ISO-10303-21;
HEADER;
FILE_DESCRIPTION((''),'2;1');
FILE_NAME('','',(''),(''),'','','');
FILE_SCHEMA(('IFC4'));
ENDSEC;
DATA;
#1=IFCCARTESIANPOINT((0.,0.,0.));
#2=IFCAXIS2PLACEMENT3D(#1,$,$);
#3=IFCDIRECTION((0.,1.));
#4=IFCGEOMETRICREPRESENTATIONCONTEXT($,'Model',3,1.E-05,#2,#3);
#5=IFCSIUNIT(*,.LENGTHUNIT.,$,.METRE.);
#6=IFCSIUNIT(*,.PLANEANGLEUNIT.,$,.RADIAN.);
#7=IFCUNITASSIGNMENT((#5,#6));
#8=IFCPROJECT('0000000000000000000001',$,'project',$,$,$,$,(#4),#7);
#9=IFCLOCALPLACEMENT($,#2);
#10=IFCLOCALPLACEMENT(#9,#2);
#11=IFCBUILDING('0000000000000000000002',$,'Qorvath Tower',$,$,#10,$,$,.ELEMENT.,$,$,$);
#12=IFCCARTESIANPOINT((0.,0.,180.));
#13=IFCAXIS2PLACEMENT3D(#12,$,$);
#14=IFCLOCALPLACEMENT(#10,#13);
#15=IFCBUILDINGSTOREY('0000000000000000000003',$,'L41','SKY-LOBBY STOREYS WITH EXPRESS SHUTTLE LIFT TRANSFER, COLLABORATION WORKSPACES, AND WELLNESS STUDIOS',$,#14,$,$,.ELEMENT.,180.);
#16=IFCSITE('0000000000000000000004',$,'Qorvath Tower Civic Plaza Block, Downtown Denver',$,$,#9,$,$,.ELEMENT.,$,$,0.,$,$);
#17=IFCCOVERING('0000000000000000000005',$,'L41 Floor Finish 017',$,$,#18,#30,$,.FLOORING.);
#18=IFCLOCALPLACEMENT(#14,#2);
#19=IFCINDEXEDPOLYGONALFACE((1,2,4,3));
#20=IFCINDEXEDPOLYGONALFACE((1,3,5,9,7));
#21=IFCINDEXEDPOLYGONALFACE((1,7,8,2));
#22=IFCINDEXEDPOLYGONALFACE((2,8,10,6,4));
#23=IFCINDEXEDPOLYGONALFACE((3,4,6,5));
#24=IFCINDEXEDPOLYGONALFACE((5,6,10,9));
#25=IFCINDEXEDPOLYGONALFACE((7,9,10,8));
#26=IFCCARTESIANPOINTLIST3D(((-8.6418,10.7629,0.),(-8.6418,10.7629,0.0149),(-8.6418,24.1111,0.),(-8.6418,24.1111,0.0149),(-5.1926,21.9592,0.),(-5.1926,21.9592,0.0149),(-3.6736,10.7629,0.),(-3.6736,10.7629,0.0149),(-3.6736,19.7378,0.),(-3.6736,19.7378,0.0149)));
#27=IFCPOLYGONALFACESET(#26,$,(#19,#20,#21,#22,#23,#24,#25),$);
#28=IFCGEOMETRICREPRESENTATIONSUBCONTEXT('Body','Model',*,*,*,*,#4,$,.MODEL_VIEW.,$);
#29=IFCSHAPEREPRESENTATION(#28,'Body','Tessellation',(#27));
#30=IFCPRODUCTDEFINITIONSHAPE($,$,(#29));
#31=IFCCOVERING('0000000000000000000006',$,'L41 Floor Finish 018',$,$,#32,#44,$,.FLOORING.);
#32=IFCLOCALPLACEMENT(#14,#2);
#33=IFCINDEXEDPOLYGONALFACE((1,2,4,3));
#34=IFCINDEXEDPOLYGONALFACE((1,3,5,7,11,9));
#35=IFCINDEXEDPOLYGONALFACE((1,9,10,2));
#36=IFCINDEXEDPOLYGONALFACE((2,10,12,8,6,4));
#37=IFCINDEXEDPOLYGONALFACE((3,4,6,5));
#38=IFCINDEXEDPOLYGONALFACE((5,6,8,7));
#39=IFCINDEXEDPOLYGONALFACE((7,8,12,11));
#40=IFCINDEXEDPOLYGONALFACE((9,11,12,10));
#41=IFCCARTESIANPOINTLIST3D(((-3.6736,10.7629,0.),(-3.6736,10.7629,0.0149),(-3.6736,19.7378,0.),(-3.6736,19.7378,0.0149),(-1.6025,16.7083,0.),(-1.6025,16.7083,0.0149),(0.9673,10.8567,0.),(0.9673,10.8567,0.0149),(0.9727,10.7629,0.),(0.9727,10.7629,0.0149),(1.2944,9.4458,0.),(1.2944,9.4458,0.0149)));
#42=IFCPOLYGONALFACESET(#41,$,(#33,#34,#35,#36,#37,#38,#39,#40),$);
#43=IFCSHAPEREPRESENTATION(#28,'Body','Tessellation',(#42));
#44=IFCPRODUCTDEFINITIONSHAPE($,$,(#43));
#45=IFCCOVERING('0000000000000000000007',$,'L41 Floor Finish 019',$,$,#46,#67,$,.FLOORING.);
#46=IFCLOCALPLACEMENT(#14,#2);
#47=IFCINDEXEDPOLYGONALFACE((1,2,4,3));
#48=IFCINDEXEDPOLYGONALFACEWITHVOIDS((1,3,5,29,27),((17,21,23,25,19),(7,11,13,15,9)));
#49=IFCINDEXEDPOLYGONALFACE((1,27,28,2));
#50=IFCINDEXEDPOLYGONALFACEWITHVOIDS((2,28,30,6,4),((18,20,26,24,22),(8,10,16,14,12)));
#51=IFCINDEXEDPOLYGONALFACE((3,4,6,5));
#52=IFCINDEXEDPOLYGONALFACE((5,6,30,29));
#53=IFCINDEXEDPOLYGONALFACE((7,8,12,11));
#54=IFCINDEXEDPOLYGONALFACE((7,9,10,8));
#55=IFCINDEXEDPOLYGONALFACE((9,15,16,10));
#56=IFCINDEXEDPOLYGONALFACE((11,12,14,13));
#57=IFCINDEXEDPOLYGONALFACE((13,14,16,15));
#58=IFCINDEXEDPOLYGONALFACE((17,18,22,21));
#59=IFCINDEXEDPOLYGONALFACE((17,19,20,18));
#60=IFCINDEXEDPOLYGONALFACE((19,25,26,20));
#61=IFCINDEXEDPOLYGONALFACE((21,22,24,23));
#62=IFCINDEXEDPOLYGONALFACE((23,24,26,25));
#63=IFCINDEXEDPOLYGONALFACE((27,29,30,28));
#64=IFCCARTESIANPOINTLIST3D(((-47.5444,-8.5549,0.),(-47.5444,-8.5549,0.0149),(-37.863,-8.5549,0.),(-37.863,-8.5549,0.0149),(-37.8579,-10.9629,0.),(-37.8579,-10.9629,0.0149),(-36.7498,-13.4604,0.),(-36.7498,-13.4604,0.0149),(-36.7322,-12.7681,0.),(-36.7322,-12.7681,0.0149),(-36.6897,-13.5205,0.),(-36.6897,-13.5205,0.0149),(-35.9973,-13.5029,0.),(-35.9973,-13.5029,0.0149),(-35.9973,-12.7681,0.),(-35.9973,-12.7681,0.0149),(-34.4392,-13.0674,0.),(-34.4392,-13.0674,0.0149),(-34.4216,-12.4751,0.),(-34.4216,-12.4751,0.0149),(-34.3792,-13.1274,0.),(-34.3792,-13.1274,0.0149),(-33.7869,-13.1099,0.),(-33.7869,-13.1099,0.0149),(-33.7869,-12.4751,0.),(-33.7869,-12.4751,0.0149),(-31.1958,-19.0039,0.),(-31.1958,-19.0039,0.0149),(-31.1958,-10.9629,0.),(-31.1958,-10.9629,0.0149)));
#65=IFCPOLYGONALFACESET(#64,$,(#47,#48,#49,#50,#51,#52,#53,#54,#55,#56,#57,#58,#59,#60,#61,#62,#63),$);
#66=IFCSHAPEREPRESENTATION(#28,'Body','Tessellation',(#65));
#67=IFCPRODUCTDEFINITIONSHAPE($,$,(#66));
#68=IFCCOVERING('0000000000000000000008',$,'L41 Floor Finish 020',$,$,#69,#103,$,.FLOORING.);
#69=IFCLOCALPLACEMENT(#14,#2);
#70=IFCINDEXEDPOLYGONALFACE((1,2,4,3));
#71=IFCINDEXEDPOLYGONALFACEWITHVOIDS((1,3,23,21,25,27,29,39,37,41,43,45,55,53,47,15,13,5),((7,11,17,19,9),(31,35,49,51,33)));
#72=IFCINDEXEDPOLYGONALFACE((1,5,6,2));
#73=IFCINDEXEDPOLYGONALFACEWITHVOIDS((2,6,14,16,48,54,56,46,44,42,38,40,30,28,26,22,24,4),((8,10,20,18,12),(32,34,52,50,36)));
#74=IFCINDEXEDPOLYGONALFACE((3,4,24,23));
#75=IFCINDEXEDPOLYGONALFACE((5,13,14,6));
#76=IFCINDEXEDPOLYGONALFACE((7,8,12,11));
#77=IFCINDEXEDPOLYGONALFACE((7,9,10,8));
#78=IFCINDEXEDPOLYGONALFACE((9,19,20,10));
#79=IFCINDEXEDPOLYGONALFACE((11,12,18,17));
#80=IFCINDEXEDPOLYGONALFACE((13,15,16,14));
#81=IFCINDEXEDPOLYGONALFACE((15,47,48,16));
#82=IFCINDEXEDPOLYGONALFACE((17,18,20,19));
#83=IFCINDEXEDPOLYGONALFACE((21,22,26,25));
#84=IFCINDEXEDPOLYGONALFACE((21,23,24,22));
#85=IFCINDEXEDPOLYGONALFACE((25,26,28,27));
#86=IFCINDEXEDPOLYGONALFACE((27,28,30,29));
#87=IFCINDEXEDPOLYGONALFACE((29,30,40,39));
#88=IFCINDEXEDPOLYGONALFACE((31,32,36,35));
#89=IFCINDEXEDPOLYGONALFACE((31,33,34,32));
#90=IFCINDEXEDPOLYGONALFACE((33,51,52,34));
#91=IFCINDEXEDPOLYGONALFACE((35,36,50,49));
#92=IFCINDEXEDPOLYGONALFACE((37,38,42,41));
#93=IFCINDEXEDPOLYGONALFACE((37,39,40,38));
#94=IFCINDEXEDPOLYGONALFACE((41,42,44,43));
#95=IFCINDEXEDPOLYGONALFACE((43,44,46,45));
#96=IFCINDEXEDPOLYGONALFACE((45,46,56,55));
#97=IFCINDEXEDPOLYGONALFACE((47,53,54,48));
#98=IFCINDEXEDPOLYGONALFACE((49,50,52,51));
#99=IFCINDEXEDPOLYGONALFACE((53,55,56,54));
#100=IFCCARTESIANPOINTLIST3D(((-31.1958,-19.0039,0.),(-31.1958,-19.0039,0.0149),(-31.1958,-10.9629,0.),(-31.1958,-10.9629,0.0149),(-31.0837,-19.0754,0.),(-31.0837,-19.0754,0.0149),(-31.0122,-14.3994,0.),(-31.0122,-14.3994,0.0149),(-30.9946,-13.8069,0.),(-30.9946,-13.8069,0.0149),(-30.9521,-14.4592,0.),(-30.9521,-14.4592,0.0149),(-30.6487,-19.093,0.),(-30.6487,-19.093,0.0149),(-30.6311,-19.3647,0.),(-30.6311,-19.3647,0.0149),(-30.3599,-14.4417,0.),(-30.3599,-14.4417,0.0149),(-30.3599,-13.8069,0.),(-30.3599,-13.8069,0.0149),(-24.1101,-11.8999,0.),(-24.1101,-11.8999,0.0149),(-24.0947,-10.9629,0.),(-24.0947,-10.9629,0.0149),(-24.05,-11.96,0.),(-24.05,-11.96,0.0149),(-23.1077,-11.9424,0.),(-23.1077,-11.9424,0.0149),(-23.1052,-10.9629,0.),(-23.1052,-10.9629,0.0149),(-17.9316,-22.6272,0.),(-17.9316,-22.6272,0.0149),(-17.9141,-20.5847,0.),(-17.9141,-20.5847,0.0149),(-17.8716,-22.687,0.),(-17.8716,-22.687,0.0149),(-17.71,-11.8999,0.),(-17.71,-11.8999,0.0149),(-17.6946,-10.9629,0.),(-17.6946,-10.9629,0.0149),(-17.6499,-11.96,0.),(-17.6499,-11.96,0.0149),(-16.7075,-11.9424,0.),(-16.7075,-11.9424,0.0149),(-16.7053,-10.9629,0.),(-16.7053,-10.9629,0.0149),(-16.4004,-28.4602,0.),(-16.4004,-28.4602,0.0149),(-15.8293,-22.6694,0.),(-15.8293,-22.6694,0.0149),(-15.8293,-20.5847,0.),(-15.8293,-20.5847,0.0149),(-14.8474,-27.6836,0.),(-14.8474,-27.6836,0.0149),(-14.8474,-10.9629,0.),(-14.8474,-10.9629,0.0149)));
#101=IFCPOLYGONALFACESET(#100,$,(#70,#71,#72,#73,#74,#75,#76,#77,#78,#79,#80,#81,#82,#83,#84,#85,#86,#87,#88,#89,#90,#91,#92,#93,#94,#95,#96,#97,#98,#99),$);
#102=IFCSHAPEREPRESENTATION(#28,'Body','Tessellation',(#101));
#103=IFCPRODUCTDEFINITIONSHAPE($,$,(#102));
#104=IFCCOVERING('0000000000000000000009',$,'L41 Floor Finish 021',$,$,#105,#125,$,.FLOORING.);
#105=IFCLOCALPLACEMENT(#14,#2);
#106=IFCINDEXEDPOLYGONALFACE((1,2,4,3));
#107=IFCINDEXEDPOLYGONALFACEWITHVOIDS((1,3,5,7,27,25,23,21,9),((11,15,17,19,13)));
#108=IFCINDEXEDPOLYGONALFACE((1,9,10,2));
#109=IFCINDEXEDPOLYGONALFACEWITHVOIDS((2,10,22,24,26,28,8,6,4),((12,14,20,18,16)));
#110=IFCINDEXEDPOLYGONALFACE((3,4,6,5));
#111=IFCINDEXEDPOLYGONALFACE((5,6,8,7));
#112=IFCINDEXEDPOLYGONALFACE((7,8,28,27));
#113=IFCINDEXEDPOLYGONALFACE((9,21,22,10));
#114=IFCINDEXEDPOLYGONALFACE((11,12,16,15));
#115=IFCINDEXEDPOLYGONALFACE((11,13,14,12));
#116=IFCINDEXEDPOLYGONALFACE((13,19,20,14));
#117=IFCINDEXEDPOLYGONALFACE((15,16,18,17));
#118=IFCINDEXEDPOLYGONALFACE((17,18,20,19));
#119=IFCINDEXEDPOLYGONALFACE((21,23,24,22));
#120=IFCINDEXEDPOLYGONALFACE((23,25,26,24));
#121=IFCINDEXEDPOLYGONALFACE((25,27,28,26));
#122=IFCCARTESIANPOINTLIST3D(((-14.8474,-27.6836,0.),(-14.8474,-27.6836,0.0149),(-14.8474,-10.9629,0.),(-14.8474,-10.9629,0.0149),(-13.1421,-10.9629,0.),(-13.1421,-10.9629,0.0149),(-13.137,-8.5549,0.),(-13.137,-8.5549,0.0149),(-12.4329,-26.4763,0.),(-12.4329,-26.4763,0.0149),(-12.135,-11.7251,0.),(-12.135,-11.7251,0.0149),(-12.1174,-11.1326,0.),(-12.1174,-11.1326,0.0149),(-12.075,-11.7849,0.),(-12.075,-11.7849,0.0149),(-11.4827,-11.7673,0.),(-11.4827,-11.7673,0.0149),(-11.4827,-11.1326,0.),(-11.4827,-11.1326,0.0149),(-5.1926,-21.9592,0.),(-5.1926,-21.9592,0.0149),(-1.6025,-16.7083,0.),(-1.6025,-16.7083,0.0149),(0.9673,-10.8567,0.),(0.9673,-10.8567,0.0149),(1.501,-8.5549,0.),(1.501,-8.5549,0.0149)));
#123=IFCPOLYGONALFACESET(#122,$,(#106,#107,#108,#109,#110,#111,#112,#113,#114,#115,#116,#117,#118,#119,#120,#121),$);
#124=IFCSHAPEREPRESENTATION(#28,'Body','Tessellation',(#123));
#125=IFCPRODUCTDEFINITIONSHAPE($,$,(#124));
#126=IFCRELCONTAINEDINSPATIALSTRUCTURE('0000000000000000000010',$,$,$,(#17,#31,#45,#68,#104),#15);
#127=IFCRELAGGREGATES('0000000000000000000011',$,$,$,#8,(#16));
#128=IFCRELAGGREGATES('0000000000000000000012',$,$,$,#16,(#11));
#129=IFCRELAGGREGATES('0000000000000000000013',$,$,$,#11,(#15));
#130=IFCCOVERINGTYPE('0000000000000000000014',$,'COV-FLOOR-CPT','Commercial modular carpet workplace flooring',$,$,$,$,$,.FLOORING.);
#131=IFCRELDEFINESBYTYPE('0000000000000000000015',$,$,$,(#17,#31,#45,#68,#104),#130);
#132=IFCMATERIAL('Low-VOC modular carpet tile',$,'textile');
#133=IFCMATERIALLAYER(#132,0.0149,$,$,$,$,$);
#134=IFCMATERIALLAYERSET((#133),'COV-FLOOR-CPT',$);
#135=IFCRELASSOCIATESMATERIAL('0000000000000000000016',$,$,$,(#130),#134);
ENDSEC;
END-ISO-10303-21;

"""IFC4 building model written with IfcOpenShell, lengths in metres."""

from ifc_helpers import new_model, si_unit, direction, frame, origin, place, context, subcontext, project, spatial, polyline, outline, extrude, material, layer, layer_set, type_object, element, save


model = new_model("IFC4")

# Units and contexts
model_context = context("Model", 3, precision=1e-05, world=origin(), true_north=direction((0.0, 1.0)))
body_context = subcontext(model_context, "Body", "Model", "MODEL_VIEW")
ifc_project = project(units=[si_unit("LENGTHUNIT", "METRE"), si_unit("PLANEANGLEUNIT", "RADIAN")], contexts=[model_context])

# Site, building, storey
site_placement = place(None, origin())
site = spatial("IfcSite", under=ifc_project, at=site_placement, Name="Qorvath Tower Civic Plaza Block, Downtown Denver", CompositionType="ELEMENT", RefElevation=0.0)
building_placement = place(site_placement, origin())
building = spatial("IfcBuilding", under=site, at=building_placement, Name="Qorvath Tower", CompositionType="ELEMENT")
storey_placement = place(building_placement, frame((0.0, 0.0, 180.0)))
storey = spatial("IfcBuildingStorey", under=building, at=storey_placement, Name="L41", Description="SKY-LOBBY STOREYS WITH EXPRESS SHUTTLE LIFT TRANSFER, COLLABORATION WORKSPACES, AND WELLNESS STUDIOS", CompositionType="ELEMENT", Elevation=180.0)

# Coverings
ifc_material_1 = material(Name="Low-VOC modular carpet tile", Category="textile")
ifc_layer_1 = layer(ifc_material_1, 0.0149)
ifc_layer_set_1 = layer_set([ifc_layer_1], Name="COV-FLOOR-CPT")
covering_type_1 = type_object("IfcCoveringType", Name="COV-FLOOR-CPT", Description="Commercial modular carpet workplace flooring", PredefinedType="FLOORING", material=ifc_layer_set_1)
covering_1_placement = place(storey_placement, origin())
element("IfcCovering", 1, at=covering_1_placement, inside=storey, type_object=covering_type_1, Name="L41 Floor Finish 017", PredefinedType="FLOORING", context=body_context, shape_type="SweptSolid", body=[
    extrude(outline(polyline([(-3.6736, 10.7629), (-3.6736, 19.7378), (-5.1926, 21.9592), (-8.6418, 24.1111), (-8.6418, 10.7629), (-3.6736, 10.7629)])), origin(), (0.0, 0.0, 1.0), 0.0149),
])
covering_2_placement = place(storey_placement, origin())
element("IfcCovering", 2, at=covering_2_placement, inside=storey, type_object=covering_type_1, Name="L41 Floor Finish 018", PredefinedType="FLOORING", context=body_context, shape_type="SweptSolid", body=[
    extrude(outline(polyline([(0.9673, 10.8567), (-1.6025, 16.7083), (-3.6736, 19.7378), (-3.6736, 10.7629), (0.9727, 10.7629), (1.2944, 9.4458), (0.9673, 10.8567)])), origin(), (0.0, 0.0, 1.0), 0.0149),
])
covering_3_placement = place(storey_placement, origin())
element("IfcCovering", 3, at=covering_3_placement, inside=storey, type_object=covering_type_1, Name="L41 Floor Finish 019", PredefinedType="FLOORING", context=body_context, shape_type="SweptSolid", body=[
    extrude(outline(polyline([(-31.1958, -19.0039), (-31.1958, -10.9629), (-37.8579, -10.9629), (-37.863, -8.5549), (-47.5444, -8.5549), (-31.1958, -19.0039)]), holes=[polyline([(-34.4392, -13.0674), (-34.4216, -12.4751), (-33.7869, -12.4751), (-33.7869, -13.1099), (-34.3792, -13.1274), (-34.4392, -13.0674)]), polyline([(-36.7498, -13.4604), (-36.7322, -12.7681), (-35.9973, -12.7681), (-35.9973, -13.5029), (-36.6897, -13.5205), (-36.7498, -13.4604)])]), origin(), (0.0, 0.0, 1.0), 0.0149),
])
covering_4_placement = place(storey_placement, origin())
element("IfcCovering", 4, at=covering_4_placement, inside=storey, type_object=covering_type_1, Name="L41 Floor Finish 020", PredefinedType="FLOORING", context=body_context, shape_type="SweptSolid", body=[
    extrude(outline(polyline([(-14.8474, -27.6836), (-14.8474, -10.9629), (-16.7053, -10.9629), (-16.7075, -11.9424), (-17.6499, -11.96), (-17.71, -11.8999), (-17.6946, -10.9629), (-23.1052, -10.9629), (-23.1077, -11.9424), (-24.05, -11.96), (-24.1101, -11.8999), (-24.0947, -10.9629), (-31.1958, -10.9629), (-31.1958, -19.0039), (-31.0837, -19.0754), (-30.6487, -19.093), (-30.6311, -19.3647), (-16.4004, -28.4602), (-14.8474, -27.6836)]), holes=[polyline([(-17.9316, -22.6272), (-17.9141, -20.5847), (-15.8293, -20.5847), (-15.8293, -22.6694), (-17.8716, -22.687), (-17.9316, -22.6272)]), polyline([(-31.0122, -14.3994), (-30.9946, -13.8069), (-30.3599, -13.8069), (-30.3599, -14.4417), (-30.9521, -14.4592), (-31.0122, -14.3994)])]), origin(), (0.0, 0.0, 1.0), 0.0149),
])
covering_5_placement = place(storey_placement, origin())
element("IfcCovering", 5, at=covering_5_placement, inside=storey, type_object=covering_type_1, Name="L41 Floor Finish 021", PredefinedType="FLOORING", context=body_context, shape_type="SweptSolid", body=[
    extrude(outline(polyline([(-12.4329, -26.4763), (-5.1926, -21.9592), (-1.6025, -16.7083), (0.9673, -10.8567), (1.501, -8.5549), (-13.137, -8.5549), (-13.1421, -10.9629), (-14.8474, -10.9629), (-14.8474, -27.6836), (-12.4329, -26.4763)]), holes=[polyline([(-12.135, -11.7251), (-12.1174, -11.1326), (-11.4827, -11.1326), (-11.4827, -11.7673), (-12.075, -11.7849), (-12.135, -11.7251)])]), origin(), (0.0, 0.0, 1.0), 0.0149),
])

save(model, "model.ifc")
